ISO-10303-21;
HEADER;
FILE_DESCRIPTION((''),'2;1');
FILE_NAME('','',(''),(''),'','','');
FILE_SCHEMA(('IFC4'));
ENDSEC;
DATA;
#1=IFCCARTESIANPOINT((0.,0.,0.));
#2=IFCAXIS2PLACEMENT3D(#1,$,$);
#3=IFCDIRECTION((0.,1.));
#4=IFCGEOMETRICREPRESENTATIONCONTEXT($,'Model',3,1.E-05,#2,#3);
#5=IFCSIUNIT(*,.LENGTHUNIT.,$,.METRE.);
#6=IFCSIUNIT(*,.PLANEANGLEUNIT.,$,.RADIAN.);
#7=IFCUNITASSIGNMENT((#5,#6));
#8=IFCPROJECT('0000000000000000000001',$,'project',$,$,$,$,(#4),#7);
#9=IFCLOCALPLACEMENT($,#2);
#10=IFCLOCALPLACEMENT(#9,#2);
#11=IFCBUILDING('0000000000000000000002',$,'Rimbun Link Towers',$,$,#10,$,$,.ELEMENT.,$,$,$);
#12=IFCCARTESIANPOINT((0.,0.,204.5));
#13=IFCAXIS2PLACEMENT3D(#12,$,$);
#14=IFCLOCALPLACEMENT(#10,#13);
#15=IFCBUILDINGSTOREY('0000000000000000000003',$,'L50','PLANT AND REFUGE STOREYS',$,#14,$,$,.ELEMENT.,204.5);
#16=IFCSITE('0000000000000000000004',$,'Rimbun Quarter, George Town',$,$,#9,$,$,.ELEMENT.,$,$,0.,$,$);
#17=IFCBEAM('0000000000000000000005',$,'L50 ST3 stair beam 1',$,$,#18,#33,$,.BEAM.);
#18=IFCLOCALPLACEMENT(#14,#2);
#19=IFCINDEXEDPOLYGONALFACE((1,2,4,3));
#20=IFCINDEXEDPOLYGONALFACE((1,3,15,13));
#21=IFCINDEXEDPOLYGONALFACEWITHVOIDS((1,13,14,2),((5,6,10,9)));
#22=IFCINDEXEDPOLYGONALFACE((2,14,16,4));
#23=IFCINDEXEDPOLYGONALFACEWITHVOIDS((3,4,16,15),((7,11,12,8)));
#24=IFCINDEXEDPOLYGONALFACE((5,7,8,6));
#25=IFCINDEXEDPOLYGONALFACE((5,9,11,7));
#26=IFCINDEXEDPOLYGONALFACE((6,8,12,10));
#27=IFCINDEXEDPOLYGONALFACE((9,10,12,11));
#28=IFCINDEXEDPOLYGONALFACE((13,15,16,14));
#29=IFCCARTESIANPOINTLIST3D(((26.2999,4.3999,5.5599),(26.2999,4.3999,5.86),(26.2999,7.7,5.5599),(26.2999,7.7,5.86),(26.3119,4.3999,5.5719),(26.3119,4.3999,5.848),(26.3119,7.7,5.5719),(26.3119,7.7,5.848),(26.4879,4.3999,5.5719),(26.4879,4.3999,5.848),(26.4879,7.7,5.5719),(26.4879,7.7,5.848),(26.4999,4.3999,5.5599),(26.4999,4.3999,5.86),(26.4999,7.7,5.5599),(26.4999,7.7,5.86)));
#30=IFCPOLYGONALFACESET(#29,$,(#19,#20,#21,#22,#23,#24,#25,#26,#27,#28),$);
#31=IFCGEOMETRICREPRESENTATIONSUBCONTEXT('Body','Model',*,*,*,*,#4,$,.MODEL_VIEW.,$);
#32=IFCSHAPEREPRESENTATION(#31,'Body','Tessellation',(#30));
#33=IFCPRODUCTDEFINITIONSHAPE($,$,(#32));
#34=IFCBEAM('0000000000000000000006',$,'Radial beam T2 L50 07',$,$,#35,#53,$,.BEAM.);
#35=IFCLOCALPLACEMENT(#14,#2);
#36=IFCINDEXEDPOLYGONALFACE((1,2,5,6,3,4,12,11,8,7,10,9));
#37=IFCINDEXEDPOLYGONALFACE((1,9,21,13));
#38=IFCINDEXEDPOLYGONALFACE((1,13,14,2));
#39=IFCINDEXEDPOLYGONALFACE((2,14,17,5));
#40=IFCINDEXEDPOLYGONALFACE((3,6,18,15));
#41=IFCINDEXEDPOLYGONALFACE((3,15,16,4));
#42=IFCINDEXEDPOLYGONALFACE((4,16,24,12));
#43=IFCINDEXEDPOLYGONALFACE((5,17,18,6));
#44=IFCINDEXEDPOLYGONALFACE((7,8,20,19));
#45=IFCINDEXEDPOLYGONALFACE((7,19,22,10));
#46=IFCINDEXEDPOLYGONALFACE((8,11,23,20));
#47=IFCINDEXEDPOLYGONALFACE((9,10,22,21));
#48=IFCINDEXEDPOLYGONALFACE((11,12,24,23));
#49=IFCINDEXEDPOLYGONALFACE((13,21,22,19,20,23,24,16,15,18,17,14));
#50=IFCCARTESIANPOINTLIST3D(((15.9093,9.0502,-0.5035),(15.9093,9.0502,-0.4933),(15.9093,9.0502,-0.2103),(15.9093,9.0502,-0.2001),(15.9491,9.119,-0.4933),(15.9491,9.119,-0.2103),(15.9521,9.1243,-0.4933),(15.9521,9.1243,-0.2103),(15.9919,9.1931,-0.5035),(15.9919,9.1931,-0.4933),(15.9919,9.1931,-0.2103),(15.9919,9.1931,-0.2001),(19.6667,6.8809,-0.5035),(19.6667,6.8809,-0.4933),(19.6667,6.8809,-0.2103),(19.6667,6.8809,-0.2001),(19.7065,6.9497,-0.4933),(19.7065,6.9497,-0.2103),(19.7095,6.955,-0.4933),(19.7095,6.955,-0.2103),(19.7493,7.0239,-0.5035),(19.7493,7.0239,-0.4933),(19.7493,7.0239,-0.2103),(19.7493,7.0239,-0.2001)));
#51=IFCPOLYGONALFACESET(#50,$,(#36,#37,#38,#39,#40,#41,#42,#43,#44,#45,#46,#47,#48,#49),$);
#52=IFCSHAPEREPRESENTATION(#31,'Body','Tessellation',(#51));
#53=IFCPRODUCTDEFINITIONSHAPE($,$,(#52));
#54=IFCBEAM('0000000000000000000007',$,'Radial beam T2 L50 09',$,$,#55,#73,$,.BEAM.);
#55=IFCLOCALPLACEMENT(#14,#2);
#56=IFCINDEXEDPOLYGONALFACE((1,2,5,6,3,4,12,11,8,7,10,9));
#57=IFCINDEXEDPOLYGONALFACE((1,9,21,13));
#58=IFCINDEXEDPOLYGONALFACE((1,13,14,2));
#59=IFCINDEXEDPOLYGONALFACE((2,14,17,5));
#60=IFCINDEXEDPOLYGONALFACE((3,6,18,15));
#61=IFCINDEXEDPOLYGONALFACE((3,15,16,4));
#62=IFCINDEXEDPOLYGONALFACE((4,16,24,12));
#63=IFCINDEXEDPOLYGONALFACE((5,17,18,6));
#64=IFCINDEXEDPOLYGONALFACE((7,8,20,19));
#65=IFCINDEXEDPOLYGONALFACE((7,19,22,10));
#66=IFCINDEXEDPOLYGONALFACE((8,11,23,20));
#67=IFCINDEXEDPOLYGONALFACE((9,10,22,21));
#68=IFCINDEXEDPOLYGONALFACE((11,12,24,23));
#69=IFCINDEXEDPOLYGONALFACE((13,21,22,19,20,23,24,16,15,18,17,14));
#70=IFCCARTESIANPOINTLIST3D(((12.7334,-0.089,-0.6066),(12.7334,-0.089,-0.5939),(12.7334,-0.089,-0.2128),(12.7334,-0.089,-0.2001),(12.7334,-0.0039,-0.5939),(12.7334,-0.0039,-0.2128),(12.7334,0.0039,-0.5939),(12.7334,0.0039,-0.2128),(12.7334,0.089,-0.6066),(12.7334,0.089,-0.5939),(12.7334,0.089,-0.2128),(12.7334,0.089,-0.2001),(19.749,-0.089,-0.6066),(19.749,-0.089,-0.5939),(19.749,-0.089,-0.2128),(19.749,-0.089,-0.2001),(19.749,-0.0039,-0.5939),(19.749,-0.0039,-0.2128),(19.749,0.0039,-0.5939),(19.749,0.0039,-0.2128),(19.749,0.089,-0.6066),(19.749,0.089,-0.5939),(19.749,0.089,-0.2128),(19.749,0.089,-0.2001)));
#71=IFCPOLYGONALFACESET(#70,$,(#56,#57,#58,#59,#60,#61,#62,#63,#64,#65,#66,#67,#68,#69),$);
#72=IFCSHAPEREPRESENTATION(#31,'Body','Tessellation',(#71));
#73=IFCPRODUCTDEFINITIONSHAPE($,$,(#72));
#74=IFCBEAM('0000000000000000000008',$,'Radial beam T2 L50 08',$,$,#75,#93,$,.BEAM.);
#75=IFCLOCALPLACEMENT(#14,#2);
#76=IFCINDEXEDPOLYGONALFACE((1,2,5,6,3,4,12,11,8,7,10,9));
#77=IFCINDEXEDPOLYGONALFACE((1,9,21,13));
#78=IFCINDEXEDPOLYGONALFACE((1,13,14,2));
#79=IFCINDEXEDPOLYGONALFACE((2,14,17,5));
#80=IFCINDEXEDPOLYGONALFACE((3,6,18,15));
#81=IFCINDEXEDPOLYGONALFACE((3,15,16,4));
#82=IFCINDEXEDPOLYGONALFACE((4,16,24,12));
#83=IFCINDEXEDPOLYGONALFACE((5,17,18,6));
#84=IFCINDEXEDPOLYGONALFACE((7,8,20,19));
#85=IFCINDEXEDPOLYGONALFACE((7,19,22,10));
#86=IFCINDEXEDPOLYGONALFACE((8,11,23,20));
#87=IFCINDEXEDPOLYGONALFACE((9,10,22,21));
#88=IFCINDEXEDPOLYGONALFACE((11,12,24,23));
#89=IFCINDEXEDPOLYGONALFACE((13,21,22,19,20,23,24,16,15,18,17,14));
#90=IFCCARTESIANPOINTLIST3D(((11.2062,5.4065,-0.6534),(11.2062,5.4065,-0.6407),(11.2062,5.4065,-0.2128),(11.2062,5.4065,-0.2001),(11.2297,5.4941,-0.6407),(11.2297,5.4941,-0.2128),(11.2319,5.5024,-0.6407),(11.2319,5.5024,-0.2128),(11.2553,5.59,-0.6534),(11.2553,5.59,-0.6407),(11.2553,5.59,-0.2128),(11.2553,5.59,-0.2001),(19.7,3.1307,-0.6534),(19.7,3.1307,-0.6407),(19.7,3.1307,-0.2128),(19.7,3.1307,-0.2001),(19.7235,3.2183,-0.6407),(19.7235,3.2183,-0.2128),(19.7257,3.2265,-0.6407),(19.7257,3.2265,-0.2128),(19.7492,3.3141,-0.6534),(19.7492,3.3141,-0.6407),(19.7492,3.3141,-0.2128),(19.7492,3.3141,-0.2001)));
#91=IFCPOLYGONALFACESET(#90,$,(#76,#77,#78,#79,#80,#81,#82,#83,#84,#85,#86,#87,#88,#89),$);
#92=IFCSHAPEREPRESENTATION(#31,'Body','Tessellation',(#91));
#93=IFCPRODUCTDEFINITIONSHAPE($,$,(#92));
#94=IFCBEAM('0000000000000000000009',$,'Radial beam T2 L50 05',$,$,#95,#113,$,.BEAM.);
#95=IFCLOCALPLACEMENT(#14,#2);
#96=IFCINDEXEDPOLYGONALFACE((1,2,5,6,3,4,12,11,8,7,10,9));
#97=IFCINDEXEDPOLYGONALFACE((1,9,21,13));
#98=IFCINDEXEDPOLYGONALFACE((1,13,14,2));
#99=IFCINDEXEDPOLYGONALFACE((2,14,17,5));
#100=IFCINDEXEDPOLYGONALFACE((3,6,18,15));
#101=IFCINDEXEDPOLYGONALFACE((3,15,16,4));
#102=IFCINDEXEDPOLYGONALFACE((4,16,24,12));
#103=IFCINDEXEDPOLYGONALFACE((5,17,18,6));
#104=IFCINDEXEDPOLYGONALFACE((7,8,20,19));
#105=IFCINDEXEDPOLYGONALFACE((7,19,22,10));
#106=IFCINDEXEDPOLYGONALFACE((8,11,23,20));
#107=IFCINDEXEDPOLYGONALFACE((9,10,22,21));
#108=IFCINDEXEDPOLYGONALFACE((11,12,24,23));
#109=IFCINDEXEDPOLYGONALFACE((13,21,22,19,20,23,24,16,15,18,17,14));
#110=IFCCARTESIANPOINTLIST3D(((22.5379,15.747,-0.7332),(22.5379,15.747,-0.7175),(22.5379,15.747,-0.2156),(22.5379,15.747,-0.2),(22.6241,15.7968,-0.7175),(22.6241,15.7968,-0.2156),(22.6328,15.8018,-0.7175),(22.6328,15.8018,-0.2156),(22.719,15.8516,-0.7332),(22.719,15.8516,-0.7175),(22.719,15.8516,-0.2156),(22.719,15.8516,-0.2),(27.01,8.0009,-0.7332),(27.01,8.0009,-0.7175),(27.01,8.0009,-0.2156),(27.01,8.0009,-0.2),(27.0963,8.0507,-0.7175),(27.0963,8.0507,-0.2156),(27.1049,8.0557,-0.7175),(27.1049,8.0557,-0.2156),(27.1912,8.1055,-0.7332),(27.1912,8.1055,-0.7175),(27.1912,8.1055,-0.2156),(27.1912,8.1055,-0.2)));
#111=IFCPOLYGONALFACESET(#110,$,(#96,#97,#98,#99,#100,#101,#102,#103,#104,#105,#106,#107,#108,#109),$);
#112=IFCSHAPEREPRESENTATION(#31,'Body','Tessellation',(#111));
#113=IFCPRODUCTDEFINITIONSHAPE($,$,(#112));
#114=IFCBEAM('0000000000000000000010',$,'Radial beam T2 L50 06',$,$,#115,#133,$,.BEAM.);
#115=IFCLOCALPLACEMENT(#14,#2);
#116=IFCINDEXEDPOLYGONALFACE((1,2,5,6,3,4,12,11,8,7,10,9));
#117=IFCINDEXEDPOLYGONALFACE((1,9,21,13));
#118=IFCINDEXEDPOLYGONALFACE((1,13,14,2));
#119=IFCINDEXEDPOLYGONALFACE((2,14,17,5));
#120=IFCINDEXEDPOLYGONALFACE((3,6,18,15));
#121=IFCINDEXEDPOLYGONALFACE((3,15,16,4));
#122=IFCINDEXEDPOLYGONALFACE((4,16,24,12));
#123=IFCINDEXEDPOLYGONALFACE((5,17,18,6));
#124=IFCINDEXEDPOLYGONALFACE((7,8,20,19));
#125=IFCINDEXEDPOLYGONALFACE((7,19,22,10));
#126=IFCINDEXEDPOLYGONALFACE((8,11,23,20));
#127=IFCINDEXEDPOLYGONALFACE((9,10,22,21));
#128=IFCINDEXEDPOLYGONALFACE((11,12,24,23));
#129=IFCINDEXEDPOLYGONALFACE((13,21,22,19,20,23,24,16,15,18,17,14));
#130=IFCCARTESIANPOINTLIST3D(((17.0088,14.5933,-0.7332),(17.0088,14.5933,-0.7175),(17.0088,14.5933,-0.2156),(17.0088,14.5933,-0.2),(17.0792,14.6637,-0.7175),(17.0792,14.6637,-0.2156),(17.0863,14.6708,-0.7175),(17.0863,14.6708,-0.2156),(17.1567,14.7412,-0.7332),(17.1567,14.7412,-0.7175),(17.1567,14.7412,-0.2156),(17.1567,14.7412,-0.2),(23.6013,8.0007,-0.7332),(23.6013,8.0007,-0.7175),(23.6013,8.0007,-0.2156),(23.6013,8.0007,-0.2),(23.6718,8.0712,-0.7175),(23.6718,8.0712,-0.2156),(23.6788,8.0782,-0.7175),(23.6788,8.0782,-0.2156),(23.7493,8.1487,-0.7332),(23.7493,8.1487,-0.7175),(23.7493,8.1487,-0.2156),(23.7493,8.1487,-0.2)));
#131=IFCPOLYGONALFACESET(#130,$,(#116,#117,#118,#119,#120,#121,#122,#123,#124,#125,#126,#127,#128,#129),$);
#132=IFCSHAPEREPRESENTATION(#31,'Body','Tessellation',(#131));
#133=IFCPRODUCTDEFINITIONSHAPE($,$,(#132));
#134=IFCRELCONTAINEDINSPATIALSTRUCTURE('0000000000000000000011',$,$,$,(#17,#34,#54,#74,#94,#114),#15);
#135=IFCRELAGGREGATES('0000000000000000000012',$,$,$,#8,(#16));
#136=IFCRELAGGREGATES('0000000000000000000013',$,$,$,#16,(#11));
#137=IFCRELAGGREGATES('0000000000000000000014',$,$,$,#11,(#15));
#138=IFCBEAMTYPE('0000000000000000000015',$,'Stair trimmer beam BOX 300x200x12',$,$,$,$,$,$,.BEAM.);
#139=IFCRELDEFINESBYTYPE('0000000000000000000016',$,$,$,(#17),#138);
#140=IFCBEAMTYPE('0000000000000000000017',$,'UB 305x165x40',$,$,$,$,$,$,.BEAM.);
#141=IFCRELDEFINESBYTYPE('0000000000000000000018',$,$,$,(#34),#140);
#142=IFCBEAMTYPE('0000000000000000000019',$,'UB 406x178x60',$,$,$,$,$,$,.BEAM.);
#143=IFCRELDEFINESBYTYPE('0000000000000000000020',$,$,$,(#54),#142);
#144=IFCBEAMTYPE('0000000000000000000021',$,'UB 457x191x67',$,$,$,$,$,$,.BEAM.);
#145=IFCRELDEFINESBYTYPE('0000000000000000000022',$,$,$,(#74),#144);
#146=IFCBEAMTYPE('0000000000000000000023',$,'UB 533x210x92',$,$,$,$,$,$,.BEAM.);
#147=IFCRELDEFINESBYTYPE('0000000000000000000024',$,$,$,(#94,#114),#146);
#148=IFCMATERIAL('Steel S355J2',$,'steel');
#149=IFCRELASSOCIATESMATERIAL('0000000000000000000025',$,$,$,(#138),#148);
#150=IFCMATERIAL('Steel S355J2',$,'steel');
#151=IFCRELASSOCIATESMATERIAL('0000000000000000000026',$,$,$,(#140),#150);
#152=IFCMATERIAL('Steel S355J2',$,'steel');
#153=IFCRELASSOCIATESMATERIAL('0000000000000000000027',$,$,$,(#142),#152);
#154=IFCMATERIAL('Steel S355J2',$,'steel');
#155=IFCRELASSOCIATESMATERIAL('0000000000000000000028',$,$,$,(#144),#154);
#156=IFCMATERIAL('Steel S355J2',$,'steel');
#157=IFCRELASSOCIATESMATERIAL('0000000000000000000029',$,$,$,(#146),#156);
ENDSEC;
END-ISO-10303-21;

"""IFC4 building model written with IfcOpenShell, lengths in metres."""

from ifc_helpers import new_model, si_unit, direction, frame, origin, origin_2d, place, context, subcontext, project, spatial, hollow_rectangle, i_section, extrude, material, material_profile, profile_set, type_object, element, save


model = new_model("IFC4")

# Units and contexts
model_context = context("Model", 3, precision=1e-05, world=origin(), true_north=direction((0.0, 1.0)))
body_context = subcontext(model_context, "Body", "Model", "MODEL_VIEW")
ifc_project = project(units=[si_unit("LENGTHUNIT", "METRE"), si_unit("PLANEANGLEUNIT", "RADIAN")], contexts=[model_context])

# Site, building, storey
site_placement = place(None, origin())
site = spatial("IfcSite", under=ifc_project, at=site_placement, Name="Rimbun Quarter, George Town", CompositionType="ELEMENT", RefElevation=0.0)
building_placement = place(site_placement, origin())
building = spatial("IfcBuilding", under=site, at=building_placement, Name="Rimbun Link Towers", CompositionType="ELEMENT")
storey_placement = place(building_placement, frame((0.0, 0.0, 204.5)))
storey = spatial("IfcBuildingStorey", under=building, at=storey_placement, Name="L50", Description="PLANT AND REFUGE STOREYS", CompositionType="ELEMENT", Elevation=204.5)

# Beams
ifc_material_1 = material(Name="Steel S355J2", Category="steel")
ifc_material_profile_1 = material_profile(ifc_material_1, hollow_rectangle(XDim=0.2, YDim=0.3, WallThickness=0.012, at=origin_2d()), Name="BOX 300x200x12")
ifc_profile_set_1 = profile_set([ifc_material_profile_1], Name="Steel S355J2")
beam_type_1 = type_object("IfcBeamType", Name="Stair trimmer beam BOX 300x200x12", PredefinedType="BEAM", material=ifc_profile_set_1)
beam_1_placement = place(storey_placement, frame((26.3999, 7.7, 5.71), z_axis=(0.0, -1.0, 0.0), x_axis=(1.0, 0.0, 0.0)))
element("IfcBeam", 1, at=beam_1_placement, inside=storey, type_object=beam_type_1, Name="L50 ST3 stair beam 1", PredefinedType="BEAM", context=body_context, shape_type="SweptSolid", body=[
    extrude(hollow_rectangle(XDim=0.2, YDim=0.3, WallThickness=0.012, at=origin_2d()), origin(), (0.0, 0.0, 1.0), 3.3),
])
ifc_material_2 = material(Name="Steel S355J2", Category="steel")
ifc_material_profile_2 = material_profile(ifc_material_2, i_section(OverallWidth=0.165, OverallDepth=0.3035, WebThickness=0.0061, FlangeThickness=0.0103, at=origin_2d()), Name="UB 305x165x40")
ifc_profile_set_2 = profile_set([ifc_material_profile_2], Name="Steel S355J2")
beam_type_2 = type_object("IfcBeamType", Name="UB 305x165x40", PredefinedType="BEAM", material=ifc_profile_set_2)
beam_2_placement = place(storey_placement, frame((19.708, 6.9524, -0.3518), z_axis=(-0.866036, 0.499982, 0.0), x_axis=(-0.499982, -0.866036, 0.0)))
element("IfcBeam", 2, at=beam_2_placement, inside=storey, type_object=beam_type_2, Name="Radial beam T2 L50 07", PredefinedType="BEAM", context=body_context, shape_type="SweptSolid", body=[
    extrude(i_section(OverallWidth=0.165, OverallDepth=0.3035, WebThickness=0.0061, FlangeThickness=0.0103, at=origin_2d()), origin(), (0.0, 0.0, 1.0), 4.3386),
])
ifc_material_3 = material(Name="Steel S355J2", Category="steel")
ifc_material_profile_3 = material_profile(ifc_material_3, i_section(OverallWidth=0.178, OverallDepth=0.4065, WebThickness=0.0078, FlangeThickness=0.0127, at=origin_2d()), Name="UB 406x178x60")
ifc_profile_set_3 = profile_set([ifc_material_profile_3], Name="Steel S355J2")
beam_type_3 = type_object("IfcBeamType", Name="UB 406x178x60", PredefinedType="BEAM", material=ifc_profile_set_3)
beam_3_placement = place(storey_placement, frame((19.749, 0.0, -0.4033), z_axis=(-1.0, 0.0, 0.0), x_axis=(0.0, -1.0, 0.0)))
element("IfcBeam", 3, at=beam_3_placement, inside=storey, type_object=beam_type_3, Name="Radial beam T2 L50 09", PredefinedType="BEAM", context=body_context, shape_type="SweptSolid", body=[
    extrude(i_section(OverallWidth=0.178, OverallDepth=0.4065, WebThickness=0.0078, FlangeThickness=0.0127, at=origin_2d()), origin(), (0.0, 0.0, 1.0), 7.0156),
])
ifc_material_4 = material(Name="Steel S355J2", Category="steel")
ifc_material_profile_4 = material_profile(ifc_material_4, i_section(OverallWidth=0.1899, OverallDepth=0.4534, WebThickness=0.0085, FlangeThickness=0.0127, at=origin_2d()), Name="UB 457x191x67")
ifc_profile_set_4 = profile_set([ifc_material_profile_4], Name="Steel S355J2")
beam_type_4 = type_object("IfcBeamType", Name="UB 457x191x67", PredefinedType="BEAM", material=ifc_profile_set_4)
beam_4_placement = place(storey_placement, frame((19.7246, 3.2224, -0.4268), z_axis=(-0.965927, 0.258813, 0.0), x_axis=(-0.258813, -0.965927, 0.0)))
element("IfcBeam", 4, at=beam_4_placement, inside=storey, type_object=beam_type_4, Name="Radial beam T2 L50 08", PredefinedType="BEAM", context=body_context, shape_type="SweptSolid", body=[
    extrude(i_section(OverallWidth=0.1899, OverallDepth=0.4534, WebThickness=0.0085, FlangeThickness=0.0127, at=origin_2d()), origin(), (0.0, 0.0, 1.0), 8.7935),
])
ifc_material_5 = material(Name="Steel S355J2", Category="steel")
ifc_material_profile_5 = material_profile(ifc_material_5, i_section(OverallWidth=0.2092, OverallDepth=0.5332, WebThickness=0.01, FlangeThickness=0.0156, at=origin_2d()), Name="UB 533x210x92")
ifc_profile_set_5 = profile_set([ifc_material_profile_5], Name="Steel S355J2")
beam_type_5 = type_object("IfcBeamType", Name="UB 533x210x92", PredefinedType="BEAM", material=ifc_profile_set_5)
beam_5_placement = place(storey_placement, frame((27.1006, 8.0532, -0.4666), z_axis=(-0.499997, 0.866027, 0.0), x_axis=(-0.866027, -0.499997, 0.0)))
element("IfcBeam", 5, at=beam_5_placement, inside=storey, type_object=beam_type_5, Name="Radial beam T2 L50 05", PredefinedType="BEAM", context=body_context, shape_type="SweptSolid", body=[
    extrude(i_section(OverallWidth=0.2092, OverallDepth=0.5332, WebThickness=0.01, FlangeThickness=0.0156, at=origin_2d()), origin(), (0.0, 0.0, 1.0), 8.9443),
])
beam_6_placement = place(storey_placement, frame((23.6753, 8.0747, -0.4666), z_axis=(-0.707107, 0.707107, 0.0), x_axis=(-0.707107, -0.707107, 0.0)))
element("IfcBeam", 6, at=beam_6_placement, inside=storey, type_object=beam_type_5, Name="Radial beam T2 L50 06", PredefinedType="BEAM", context=body_context, shape_type="SweptSolid", body=[
    extrude(i_section(OverallWidth=0.2092, OverallDepth=0.5332, WebThickness=0.01, FlangeThickness=0.0156, at=origin_2d()), origin(), (0.0, 0.0, 1.0), 9.3232),
])

save(model, "model.ifc")
